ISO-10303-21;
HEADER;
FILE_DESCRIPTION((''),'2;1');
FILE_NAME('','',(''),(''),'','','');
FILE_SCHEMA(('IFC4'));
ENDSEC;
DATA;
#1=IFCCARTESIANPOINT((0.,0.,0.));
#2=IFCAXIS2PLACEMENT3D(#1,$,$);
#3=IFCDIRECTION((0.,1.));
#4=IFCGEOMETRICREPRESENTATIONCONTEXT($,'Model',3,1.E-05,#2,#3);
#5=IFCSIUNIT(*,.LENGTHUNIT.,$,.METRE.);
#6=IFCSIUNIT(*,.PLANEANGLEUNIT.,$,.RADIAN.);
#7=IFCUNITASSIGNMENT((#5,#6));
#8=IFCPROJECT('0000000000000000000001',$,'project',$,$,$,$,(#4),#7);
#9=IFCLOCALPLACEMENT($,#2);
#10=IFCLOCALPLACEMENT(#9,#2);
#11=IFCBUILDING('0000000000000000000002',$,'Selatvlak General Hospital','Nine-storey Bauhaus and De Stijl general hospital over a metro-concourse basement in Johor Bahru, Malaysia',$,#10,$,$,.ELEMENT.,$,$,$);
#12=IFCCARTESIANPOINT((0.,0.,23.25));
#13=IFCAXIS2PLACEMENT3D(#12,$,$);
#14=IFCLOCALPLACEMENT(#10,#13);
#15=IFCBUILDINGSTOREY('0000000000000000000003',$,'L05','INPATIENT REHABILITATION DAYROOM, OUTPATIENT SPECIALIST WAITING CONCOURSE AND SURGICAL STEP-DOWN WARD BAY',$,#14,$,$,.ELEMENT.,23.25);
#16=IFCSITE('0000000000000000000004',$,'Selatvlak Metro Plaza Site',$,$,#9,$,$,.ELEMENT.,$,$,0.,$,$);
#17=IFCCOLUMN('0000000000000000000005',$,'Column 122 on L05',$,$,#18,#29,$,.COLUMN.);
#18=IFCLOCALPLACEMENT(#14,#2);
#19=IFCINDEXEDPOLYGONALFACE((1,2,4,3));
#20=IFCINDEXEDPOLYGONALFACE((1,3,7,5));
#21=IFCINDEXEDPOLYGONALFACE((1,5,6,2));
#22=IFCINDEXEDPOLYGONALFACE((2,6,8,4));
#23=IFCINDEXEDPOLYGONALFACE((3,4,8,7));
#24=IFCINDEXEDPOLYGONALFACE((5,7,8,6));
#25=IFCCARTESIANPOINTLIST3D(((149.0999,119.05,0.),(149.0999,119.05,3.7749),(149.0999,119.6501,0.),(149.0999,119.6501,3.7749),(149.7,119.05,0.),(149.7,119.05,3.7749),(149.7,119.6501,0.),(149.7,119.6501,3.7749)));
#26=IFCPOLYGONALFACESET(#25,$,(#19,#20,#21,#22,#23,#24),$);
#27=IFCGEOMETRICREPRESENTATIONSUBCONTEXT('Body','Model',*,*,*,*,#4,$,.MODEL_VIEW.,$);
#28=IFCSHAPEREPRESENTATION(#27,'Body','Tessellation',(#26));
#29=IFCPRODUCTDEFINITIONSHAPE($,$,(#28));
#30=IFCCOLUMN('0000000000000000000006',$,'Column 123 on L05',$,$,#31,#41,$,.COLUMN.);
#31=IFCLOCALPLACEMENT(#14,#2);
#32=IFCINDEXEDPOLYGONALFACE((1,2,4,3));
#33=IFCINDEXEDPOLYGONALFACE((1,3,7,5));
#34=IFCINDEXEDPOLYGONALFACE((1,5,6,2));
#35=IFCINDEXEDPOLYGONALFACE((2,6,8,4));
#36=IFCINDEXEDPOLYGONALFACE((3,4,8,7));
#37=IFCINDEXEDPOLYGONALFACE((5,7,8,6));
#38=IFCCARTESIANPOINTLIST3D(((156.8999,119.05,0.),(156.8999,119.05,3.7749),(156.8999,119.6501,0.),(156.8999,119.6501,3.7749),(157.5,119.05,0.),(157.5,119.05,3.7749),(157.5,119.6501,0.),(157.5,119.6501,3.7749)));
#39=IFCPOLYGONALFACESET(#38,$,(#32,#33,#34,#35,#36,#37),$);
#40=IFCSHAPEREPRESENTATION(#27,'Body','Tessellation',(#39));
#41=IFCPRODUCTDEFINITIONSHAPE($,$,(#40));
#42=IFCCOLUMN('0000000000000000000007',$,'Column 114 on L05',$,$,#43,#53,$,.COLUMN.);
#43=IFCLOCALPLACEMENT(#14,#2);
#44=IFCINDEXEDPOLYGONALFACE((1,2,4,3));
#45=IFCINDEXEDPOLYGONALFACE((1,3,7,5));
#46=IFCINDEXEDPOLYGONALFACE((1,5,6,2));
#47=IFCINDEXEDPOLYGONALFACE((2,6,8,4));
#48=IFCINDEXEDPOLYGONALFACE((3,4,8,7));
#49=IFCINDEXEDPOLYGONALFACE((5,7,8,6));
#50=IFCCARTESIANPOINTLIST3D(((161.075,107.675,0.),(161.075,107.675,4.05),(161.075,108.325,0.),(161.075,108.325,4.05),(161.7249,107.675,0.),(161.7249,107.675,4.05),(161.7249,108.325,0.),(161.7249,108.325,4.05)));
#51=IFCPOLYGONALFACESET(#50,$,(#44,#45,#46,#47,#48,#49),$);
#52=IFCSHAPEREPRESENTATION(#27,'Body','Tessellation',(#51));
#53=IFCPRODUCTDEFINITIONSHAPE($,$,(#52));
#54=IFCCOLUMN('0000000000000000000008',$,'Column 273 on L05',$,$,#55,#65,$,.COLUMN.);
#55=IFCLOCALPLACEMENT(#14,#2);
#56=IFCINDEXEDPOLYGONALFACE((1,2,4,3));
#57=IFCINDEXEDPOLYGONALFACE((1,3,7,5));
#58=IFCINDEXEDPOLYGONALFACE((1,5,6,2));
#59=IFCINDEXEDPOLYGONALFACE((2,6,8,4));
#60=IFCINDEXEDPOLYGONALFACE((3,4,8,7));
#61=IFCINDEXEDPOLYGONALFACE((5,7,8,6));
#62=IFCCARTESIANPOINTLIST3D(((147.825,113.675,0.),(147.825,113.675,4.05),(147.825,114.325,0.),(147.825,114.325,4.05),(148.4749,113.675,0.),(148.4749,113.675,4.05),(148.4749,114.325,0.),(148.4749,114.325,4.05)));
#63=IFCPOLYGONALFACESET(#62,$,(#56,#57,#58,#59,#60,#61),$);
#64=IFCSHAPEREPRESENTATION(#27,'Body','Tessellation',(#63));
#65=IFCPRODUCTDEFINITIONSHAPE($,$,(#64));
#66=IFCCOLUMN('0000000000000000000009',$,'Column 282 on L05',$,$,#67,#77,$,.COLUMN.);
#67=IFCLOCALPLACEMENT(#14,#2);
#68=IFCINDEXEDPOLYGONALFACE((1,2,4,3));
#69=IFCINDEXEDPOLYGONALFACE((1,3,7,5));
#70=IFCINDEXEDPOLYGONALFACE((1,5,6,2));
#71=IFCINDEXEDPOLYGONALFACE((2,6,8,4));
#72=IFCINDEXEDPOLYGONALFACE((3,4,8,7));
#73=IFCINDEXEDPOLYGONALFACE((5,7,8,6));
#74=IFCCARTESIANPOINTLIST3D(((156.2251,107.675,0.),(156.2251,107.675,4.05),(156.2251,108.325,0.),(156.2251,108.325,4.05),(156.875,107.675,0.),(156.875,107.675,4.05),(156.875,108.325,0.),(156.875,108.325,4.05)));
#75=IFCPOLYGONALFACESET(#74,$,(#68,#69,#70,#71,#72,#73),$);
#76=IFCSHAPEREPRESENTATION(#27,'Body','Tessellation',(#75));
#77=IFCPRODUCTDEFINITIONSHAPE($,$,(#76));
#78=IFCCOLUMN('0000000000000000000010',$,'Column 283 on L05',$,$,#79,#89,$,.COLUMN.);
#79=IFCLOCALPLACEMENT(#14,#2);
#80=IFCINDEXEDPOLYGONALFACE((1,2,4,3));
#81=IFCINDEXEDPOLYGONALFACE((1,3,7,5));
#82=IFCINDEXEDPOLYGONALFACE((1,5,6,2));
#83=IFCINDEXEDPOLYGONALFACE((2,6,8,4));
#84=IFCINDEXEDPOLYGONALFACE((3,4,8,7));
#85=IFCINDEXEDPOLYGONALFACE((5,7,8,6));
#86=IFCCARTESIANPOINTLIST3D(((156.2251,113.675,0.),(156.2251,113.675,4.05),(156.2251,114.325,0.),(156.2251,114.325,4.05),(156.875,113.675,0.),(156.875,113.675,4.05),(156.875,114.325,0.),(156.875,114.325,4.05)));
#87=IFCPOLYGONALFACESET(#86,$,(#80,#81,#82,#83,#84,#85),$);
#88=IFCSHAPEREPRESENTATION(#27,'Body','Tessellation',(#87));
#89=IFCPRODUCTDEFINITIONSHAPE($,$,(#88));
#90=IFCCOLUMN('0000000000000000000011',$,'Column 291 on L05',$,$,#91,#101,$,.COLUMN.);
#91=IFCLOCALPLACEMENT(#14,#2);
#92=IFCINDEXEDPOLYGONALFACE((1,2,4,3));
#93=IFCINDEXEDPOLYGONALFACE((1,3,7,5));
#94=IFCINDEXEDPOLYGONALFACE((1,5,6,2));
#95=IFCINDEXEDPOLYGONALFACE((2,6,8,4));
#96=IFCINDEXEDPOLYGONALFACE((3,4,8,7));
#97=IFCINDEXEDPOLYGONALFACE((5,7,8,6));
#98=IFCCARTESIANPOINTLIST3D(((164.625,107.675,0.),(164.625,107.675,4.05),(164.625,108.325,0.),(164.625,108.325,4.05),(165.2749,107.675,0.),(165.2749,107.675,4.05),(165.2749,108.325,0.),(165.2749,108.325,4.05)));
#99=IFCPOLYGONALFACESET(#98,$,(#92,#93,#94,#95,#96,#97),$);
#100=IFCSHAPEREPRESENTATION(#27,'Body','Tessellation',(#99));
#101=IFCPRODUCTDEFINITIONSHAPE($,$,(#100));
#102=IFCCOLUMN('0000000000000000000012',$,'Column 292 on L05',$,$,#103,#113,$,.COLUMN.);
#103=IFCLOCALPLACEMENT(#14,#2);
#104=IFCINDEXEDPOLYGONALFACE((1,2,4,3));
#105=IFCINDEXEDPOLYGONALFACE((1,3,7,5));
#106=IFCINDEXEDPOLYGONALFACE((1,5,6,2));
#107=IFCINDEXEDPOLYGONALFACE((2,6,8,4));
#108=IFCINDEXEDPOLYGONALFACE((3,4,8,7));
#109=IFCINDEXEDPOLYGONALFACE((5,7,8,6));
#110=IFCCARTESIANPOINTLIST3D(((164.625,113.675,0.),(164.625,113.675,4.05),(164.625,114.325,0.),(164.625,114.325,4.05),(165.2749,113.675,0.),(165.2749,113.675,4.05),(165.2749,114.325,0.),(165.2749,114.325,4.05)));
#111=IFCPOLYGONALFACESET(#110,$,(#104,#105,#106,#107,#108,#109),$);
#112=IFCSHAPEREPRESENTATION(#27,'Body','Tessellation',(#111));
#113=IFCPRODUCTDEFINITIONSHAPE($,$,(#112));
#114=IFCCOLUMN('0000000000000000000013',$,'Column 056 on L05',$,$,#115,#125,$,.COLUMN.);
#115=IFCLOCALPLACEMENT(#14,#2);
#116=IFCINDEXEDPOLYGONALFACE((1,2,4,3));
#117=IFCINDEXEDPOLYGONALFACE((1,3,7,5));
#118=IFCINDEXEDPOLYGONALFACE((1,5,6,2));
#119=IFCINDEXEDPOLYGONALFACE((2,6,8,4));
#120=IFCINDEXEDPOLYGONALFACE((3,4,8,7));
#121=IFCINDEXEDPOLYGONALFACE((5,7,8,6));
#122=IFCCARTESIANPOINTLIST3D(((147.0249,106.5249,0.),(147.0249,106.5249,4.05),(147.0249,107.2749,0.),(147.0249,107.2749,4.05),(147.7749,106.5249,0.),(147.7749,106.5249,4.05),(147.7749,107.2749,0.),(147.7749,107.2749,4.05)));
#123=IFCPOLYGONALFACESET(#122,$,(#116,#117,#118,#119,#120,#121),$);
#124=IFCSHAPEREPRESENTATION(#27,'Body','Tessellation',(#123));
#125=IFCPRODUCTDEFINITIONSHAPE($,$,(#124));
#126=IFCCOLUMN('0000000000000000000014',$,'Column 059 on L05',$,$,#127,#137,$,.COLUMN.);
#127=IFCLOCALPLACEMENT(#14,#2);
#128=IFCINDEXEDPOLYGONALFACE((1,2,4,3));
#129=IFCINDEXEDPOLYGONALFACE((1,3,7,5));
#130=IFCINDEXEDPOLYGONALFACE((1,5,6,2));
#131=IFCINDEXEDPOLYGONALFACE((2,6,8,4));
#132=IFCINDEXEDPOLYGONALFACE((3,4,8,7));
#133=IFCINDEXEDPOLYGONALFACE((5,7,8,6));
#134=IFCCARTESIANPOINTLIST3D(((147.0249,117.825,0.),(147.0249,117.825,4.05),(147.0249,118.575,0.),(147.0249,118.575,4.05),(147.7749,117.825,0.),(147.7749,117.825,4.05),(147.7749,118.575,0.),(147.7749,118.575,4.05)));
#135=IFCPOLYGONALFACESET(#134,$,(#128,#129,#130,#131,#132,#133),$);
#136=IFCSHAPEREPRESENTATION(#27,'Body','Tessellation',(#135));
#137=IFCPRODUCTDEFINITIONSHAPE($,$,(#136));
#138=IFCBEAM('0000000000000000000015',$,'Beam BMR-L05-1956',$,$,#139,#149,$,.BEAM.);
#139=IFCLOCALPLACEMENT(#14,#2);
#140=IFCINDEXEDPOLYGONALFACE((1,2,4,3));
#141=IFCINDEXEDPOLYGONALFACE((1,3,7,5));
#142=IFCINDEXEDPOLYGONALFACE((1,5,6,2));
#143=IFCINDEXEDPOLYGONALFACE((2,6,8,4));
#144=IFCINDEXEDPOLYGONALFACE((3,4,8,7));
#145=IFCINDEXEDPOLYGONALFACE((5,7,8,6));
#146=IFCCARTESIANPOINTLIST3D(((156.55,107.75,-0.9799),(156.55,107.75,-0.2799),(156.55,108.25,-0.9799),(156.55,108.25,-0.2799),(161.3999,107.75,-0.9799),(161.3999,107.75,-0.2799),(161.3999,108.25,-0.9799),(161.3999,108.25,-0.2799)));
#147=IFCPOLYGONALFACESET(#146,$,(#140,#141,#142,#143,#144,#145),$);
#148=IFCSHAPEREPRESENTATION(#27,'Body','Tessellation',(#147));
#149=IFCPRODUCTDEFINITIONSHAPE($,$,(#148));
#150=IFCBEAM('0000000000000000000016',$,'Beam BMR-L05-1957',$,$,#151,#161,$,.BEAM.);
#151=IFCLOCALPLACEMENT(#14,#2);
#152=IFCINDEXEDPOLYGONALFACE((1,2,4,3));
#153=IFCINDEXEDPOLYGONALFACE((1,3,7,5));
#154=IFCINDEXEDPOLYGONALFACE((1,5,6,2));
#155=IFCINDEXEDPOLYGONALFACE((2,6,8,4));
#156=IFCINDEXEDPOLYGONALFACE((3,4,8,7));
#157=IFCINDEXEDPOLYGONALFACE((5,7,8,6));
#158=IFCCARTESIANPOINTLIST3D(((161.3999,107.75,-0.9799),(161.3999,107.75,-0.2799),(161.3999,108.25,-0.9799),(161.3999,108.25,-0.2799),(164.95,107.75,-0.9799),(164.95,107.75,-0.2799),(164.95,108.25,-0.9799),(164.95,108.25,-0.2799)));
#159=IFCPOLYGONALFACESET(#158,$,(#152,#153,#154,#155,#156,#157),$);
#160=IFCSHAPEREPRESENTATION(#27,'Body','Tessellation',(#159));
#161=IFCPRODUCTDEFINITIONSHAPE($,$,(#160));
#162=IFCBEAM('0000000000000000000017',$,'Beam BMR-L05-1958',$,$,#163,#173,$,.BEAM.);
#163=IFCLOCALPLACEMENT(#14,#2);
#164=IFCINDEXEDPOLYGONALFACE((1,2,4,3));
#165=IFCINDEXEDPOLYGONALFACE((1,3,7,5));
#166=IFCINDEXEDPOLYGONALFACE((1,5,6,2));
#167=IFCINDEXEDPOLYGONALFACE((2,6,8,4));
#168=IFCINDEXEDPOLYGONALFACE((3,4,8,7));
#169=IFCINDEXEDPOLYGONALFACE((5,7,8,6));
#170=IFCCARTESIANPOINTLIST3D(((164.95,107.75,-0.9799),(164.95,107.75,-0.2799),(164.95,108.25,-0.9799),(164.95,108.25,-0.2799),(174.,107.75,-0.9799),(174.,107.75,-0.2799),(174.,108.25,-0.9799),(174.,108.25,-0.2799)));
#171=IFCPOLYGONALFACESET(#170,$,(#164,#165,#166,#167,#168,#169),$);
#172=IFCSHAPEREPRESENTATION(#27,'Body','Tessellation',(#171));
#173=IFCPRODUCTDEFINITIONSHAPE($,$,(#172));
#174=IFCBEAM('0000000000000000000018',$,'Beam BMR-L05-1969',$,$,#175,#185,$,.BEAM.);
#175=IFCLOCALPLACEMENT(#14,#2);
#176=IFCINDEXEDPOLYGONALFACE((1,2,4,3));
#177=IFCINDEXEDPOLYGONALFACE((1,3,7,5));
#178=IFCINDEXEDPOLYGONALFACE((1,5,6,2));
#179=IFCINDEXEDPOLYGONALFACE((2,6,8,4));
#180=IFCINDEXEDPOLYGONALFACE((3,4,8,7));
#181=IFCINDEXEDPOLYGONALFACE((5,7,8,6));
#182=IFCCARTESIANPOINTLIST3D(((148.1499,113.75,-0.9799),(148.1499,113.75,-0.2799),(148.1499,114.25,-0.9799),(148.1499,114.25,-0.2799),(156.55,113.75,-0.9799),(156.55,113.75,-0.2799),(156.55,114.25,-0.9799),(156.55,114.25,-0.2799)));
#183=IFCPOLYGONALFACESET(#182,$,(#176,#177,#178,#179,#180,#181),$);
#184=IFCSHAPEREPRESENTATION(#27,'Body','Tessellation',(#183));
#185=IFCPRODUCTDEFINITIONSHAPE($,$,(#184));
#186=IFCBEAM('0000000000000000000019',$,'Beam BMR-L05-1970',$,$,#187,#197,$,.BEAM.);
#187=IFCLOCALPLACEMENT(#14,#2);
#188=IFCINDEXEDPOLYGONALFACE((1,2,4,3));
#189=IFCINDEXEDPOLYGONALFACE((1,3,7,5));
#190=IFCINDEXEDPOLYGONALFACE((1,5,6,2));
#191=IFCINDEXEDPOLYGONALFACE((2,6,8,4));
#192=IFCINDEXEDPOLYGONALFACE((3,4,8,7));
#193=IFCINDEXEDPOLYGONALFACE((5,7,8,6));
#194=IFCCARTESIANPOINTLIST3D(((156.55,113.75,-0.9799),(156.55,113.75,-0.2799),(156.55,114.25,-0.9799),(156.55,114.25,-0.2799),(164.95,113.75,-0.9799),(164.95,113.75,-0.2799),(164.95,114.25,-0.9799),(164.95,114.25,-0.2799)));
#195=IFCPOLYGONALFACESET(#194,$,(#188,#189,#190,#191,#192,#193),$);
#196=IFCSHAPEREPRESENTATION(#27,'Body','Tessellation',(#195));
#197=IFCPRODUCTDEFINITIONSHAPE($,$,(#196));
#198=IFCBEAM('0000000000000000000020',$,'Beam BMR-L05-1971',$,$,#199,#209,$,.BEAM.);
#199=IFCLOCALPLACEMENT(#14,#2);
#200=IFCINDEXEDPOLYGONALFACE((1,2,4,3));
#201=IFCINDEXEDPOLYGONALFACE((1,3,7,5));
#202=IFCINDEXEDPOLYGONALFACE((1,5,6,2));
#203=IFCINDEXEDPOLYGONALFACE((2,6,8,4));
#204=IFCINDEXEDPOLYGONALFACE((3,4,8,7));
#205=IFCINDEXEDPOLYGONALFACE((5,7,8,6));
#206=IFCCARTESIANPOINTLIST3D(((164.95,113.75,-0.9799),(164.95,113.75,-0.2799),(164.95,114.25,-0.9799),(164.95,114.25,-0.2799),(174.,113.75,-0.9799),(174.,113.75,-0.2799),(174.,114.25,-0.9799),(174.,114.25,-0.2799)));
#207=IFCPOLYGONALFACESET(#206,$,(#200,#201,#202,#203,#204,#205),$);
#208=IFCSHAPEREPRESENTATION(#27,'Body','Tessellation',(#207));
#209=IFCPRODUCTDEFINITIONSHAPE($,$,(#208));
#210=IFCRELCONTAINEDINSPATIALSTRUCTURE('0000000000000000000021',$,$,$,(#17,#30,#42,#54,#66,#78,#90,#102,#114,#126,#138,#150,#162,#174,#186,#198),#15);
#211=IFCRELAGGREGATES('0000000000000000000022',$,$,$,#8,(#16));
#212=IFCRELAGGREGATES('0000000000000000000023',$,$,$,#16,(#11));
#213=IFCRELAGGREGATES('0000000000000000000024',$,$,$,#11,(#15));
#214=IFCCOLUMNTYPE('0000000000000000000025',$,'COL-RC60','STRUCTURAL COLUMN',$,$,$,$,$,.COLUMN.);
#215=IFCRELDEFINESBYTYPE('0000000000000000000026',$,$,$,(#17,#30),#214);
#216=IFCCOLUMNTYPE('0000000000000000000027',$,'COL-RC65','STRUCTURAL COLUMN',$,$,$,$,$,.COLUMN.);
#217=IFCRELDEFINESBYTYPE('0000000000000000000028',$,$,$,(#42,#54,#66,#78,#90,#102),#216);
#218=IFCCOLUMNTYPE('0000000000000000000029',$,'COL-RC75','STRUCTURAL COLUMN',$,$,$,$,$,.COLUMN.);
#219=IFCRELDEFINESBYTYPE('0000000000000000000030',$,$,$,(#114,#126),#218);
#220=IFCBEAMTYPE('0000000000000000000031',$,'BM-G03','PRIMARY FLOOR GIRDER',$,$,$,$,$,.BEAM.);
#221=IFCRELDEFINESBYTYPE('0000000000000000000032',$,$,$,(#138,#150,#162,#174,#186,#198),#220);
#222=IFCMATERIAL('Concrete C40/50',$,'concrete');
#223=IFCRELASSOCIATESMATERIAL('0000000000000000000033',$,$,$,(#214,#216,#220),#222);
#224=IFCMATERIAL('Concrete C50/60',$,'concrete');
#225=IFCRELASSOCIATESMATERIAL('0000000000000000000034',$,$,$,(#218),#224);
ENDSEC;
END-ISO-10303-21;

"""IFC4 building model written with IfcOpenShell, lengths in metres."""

from ifc_helpers import new_model, si_unit, direction, frame, origin, origin_2d, place, context, subcontext, project, spatial, rectangle, extrude, material, material_profile, profile_set, type_object, element, save


model = new_model("IFC4")

# Units and contexts
model_context = context("Model", 3, precision=1e-05, world=origin(), true_north=direction((0.0, 1.0)))
body_context = subcontext(model_context, "Body", "Model", "MODEL_VIEW")
ifc_project = project(units=[si_unit("LENGTHUNIT", "METRE"), si_unit("PLANEANGLEUNIT", "RADIAN")], contexts=[model_context])

# Site, building, storey
site_placement = place(None, origin())
site = spatial("IfcSite", under=ifc_project, at=site_placement, Name="Selatvlak Metro Plaza Site", CompositionType="ELEMENT", RefElevation=0.0)
building_placement = place(site_placement, origin())
building = spatial("IfcBuilding", under=site, at=building_placement, Name="Selatvlak General Hospital", Description="Nine-storey Bauhaus and De Stijl general hospital over a metro-concourse basement in Johor Bahru, Malaysia", CompositionType="ELEMENT")
storey_placement = place(building_placement, frame((0.0, 0.0, 23.25)))
storey = spatial("IfcBuildingStorey", under=building, at=storey_placement, Name="L05", Description="INPATIENT REHABILITATION DAYROOM, OUTPATIENT SPECIALIST WAITING CONCOURSE AND SURGICAL STEP-DOWN WARD BAY", CompositionType="ELEMENT", Elevation=23.25)

# Columns
ifc_material_1 = material(Name="Concrete C40/50", Category="concrete")
ifc_material_profile_1 = material_profile(ifc_material_1, rectangle(XDim=0.6001, YDim=0.6001, at=origin_2d()), Name="RC-COL 600x600")
ifc_profile_set_1 = profile_set([ifc_material_profile_1], Name="Concrete C40/50")
column_type_1 = type_object("IfcColumnType", Name="COL-RC60", Description="STRUCTURAL COLUMN", PredefinedType="COLUMN", material=ifc_profile_set_1)
for number, where, z_axis, x_axis, name in (
    (1, (149.3999, 119.3501, 0.0), (0.0, 0.0, 1.0), (1.0, 0.0, 0.0), "Column 122 on L05"),
    (2, (157.2, 119.3501, 0.0), (0.0, 0.0, 1.0), (1.0, 0.0, 0.0), "Column 123 on L05"),
):
    element("IfcColumn", number, at=place(storey_placement, frame(where, z_axis=z_axis, x_axis=x_axis)), inside=storey, type_object=column_type_1, Name=name, PredefinedType="COLUMN", context=body_context, shape_type="SweptSolid", body=[
        extrude(rectangle(XDim=0.6001, YDim=0.6001, at=origin_2d()), origin(), (0.0, 0.0, 1.0), 3.7749),
    ])
ifc_material_profile_2 = material_profile(ifc_material_1, rectangle(XDim=0.6499, YDim=0.6499, at=origin_2d()), Name="RC-COL 650x650")
ifc_profile_set_2 = profile_set([ifc_material_profile_2], Name="Concrete C40/50")
column_type_2 = type_object("IfcColumnType", Name="COL-RC65", Description="STRUCTURAL COLUMN", PredefinedType="COLUMN", material=ifc_profile_set_2)
for number, where, z_axis, x_axis, name in (
    (3, (161.3999, 108.0, 0.0), (0.0, 0.0, 1.0), (1.0, 0.0, 0.0), "Column 114 on L05"),
    (4, (148.1499, 114.0, 0.0), (0.0, 0.0, 1.0), (1.0, 0.0, 0.0), "Column 273 on L05"),
    (5, (156.55, 108.0, 0.0), (0.0, 0.0, 1.0), (1.0, 0.0, 0.0), "Column 282 on L05"),
    (6, (156.55, 114.0, 0.0), (0.0, 0.0, 1.0), (1.0, 0.0, 0.0), "Column 283 on L05"),
    (7, (164.95, 108.0, 0.0), (0.0, 0.0, 1.0), (1.0, 0.0, 0.0), "Column 291 on L05"),
    (8, (164.95, 114.0, 0.0), (0.0, 0.0, 1.0), (1.0, 0.0, 0.0), "Column 292 on L05"),
):
    element("IfcColumn", number, at=place(storey_placement, frame(where, z_axis=z_axis, x_axis=x_axis)), inside=storey, type_object=column_type_2, Name=name, PredefinedType="COLUMN", context=body_context, shape_type="SweptSolid", body=[
        extrude(rectangle(XDim=0.6499, YDim=0.6499, at=origin_2d()), origin(), (0.0, 0.0, 1.0), 4.05),
    ])
ifc_material_2 = material(Name="Concrete C50/60", Category="concrete")
ifc_material_profile_3 = material_profile(ifc_material_2, rectangle(XDim=0.75, YDim=0.75, at=origin_2d()), Name="RC-COL 750x750")
ifc_profile_set_3 = profile_set([ifc_material_profile_3], Name="Concrete C50/60")
column_type_3 = type_object("IfcColumnType", Name="COL-RC75", Description="STRUCTURAL COLUMN", PredefinedType="COLUMN", material=ifc_profile_set_3)
for number, where, z_axis, x_axis, name in (
    (9, (147.3999, 106.8999, 0.0), (0.0, 0.0, 1.0), (1.0, 0.0, 0.0), "Column 056 on L05"),
    (10, (147.3999, 118.2, 0.0), (0.0, 0.0, 1.0), (1.0, 0.0, 0.0), "Column 059 on L05"),
):
    element("IfcColumn", number, at=place(storey_placement, frame(where, z_axis=z_axis, x_axis=x_axis)), inside=storey, type_object=column_type_3, Name=name, PredefinedType="COLUMN", context=body_context, shape_type="SweptSolid", body=[
        extrude(rectangle(XDim=0.75, YDim=0.75, at=origin_2d()), origin(), (0.0, 0.0, 1.0), 4.05),
    ])

# Beams
ifc_material_profile_4 = material_profile(ifc_material_1, rectangle(XDim=0.5, YDim=0.7, at=origin_2d()), Name="RC-BM 500x700")
ifc_profile_set_4 = profile_set([ifc_material_profile_4], Name="Concrete C40/50")
beam_type_1 = type_object("IfcBeamType", Name="BM-G03", Description="PRIMARY FLOOR GIRDER", PredefinedType="BEAM", material=ifc_profile_set_4)
beam_1_placement = place(storey_placement, frame((156.55, 108.0, -0.6299), z_axis=(1.0, 0.0, 0.0), x_axis=(0.0, 1.0, 0.0)))
element("IfcBeam", 11, at=beam_1_placement, inside=storey, type_object=beam_type_1, Name="Beam BMR-L05-1956", PredefinedType="BEAM", context=body_context, shape_type="SweptSolid", body=[
    extrude(rectangle(XDim=0.5, YDim=0.7, at=origin_2d()), origin(), (0.0, 0.0, 1.0), 4.8499),
])
beam_2_placement = place(storey_placement, frame((161.3999, 108.0, -0.6299), z_axis=(1.0, 0.0, 0.0), x_axis=(0.0, 1.0, 0.0)))
element("IfcBeam", 12, at=beam_2_placement, inside=storey, type_object=beam_type_1, Name="Beam BMR-L05-1957", PredefinedType="BEAM", context=body_context, shape_type="SweptSolid", body=[
    extrude(rectangle(XDim=0.5, YDim=0.7, at=origin_2d()), origin(), (0.0, 0.0, 1.0), 3.55),
])
beam_3_placement = place(storey_placement, frame((164.95, 108.0, -0.6299), z_axis=(1.0, 0.0, 0.0), x_axis=(0.0, 1.0, 0.0)))
element("IfcBeam", 13, at=beam_3_placement, inside=storey, type_object=beam_type_1, Name="Beam BMR-L05-1958", PredefinedType="BEAM", context=body_context, shape_type="SweptSolid", body=[
    extrude(rectangle(XDim=0.5, YDim=0.7, at=origin_2d()), origin(), (0.0, 0.0, 1.0), 9.05),
])
beam_4_placement = place(storey_placement, frame((148.1499, 114.0, -0.6299), z_axis=(1.0, 0.0, 0.0), x_axis=(0.0, 1.0, 0.0)))
element("IfcBeam", 14, at=beam_4_placement, inside=storey, type_object=beam_type_1, Name="Beam BMR-L05-1969", PredefinedType="BEAM", context=body_context, shape_type="SweptSolid", body=[
    extrude(rectangle(XDim=0.5, YDim=0.7, at=origin_2d()), origin(), (0.0, 0.0, 1.0), 8.4001),
])
beam_5_placement = place(storey_placement, frame((156.55, 114.0, -0.6299), z_axis=(1.0, 0.0, 0.0), x_axis=(0.0, 1.0, 0.0)))
element("IfcBeam", 15, at=beam_5_placement, inside=storey, type_object=beam_type_1, Name="Beam BMR-L05-1970", PredefinedType="BEAM", context=body_context, shape_type="SweptSolid", body=[
    extrude(rectangle(XDim=0.5, YDim=0.7, at=origin_2d()), origin(), (0.0, 0.0, 1.0), 8.3999),
])
beam_6_placement = place(storey_placement, frame((164.95, 114.0, -0.6299), z_axis=(1.0, 0.0, 0.0), x_axis=(0.0, 1.0, 0.0)))
element("IfcBeam", 16, at=beam_6_placement, inside=storey, type_object=beam_type_1, Name="Beam BMR-L05-1971", PredefinedType="BEAM", context=body_context, shape_type="SweptSolid", body=[
    extrude(rectangle(XDim=0.5, YDim=0.7, at=origin_2d()), origin(), (0.0, 0.0, 1.0), 9.05),
])

save(model, "model.ifc")
